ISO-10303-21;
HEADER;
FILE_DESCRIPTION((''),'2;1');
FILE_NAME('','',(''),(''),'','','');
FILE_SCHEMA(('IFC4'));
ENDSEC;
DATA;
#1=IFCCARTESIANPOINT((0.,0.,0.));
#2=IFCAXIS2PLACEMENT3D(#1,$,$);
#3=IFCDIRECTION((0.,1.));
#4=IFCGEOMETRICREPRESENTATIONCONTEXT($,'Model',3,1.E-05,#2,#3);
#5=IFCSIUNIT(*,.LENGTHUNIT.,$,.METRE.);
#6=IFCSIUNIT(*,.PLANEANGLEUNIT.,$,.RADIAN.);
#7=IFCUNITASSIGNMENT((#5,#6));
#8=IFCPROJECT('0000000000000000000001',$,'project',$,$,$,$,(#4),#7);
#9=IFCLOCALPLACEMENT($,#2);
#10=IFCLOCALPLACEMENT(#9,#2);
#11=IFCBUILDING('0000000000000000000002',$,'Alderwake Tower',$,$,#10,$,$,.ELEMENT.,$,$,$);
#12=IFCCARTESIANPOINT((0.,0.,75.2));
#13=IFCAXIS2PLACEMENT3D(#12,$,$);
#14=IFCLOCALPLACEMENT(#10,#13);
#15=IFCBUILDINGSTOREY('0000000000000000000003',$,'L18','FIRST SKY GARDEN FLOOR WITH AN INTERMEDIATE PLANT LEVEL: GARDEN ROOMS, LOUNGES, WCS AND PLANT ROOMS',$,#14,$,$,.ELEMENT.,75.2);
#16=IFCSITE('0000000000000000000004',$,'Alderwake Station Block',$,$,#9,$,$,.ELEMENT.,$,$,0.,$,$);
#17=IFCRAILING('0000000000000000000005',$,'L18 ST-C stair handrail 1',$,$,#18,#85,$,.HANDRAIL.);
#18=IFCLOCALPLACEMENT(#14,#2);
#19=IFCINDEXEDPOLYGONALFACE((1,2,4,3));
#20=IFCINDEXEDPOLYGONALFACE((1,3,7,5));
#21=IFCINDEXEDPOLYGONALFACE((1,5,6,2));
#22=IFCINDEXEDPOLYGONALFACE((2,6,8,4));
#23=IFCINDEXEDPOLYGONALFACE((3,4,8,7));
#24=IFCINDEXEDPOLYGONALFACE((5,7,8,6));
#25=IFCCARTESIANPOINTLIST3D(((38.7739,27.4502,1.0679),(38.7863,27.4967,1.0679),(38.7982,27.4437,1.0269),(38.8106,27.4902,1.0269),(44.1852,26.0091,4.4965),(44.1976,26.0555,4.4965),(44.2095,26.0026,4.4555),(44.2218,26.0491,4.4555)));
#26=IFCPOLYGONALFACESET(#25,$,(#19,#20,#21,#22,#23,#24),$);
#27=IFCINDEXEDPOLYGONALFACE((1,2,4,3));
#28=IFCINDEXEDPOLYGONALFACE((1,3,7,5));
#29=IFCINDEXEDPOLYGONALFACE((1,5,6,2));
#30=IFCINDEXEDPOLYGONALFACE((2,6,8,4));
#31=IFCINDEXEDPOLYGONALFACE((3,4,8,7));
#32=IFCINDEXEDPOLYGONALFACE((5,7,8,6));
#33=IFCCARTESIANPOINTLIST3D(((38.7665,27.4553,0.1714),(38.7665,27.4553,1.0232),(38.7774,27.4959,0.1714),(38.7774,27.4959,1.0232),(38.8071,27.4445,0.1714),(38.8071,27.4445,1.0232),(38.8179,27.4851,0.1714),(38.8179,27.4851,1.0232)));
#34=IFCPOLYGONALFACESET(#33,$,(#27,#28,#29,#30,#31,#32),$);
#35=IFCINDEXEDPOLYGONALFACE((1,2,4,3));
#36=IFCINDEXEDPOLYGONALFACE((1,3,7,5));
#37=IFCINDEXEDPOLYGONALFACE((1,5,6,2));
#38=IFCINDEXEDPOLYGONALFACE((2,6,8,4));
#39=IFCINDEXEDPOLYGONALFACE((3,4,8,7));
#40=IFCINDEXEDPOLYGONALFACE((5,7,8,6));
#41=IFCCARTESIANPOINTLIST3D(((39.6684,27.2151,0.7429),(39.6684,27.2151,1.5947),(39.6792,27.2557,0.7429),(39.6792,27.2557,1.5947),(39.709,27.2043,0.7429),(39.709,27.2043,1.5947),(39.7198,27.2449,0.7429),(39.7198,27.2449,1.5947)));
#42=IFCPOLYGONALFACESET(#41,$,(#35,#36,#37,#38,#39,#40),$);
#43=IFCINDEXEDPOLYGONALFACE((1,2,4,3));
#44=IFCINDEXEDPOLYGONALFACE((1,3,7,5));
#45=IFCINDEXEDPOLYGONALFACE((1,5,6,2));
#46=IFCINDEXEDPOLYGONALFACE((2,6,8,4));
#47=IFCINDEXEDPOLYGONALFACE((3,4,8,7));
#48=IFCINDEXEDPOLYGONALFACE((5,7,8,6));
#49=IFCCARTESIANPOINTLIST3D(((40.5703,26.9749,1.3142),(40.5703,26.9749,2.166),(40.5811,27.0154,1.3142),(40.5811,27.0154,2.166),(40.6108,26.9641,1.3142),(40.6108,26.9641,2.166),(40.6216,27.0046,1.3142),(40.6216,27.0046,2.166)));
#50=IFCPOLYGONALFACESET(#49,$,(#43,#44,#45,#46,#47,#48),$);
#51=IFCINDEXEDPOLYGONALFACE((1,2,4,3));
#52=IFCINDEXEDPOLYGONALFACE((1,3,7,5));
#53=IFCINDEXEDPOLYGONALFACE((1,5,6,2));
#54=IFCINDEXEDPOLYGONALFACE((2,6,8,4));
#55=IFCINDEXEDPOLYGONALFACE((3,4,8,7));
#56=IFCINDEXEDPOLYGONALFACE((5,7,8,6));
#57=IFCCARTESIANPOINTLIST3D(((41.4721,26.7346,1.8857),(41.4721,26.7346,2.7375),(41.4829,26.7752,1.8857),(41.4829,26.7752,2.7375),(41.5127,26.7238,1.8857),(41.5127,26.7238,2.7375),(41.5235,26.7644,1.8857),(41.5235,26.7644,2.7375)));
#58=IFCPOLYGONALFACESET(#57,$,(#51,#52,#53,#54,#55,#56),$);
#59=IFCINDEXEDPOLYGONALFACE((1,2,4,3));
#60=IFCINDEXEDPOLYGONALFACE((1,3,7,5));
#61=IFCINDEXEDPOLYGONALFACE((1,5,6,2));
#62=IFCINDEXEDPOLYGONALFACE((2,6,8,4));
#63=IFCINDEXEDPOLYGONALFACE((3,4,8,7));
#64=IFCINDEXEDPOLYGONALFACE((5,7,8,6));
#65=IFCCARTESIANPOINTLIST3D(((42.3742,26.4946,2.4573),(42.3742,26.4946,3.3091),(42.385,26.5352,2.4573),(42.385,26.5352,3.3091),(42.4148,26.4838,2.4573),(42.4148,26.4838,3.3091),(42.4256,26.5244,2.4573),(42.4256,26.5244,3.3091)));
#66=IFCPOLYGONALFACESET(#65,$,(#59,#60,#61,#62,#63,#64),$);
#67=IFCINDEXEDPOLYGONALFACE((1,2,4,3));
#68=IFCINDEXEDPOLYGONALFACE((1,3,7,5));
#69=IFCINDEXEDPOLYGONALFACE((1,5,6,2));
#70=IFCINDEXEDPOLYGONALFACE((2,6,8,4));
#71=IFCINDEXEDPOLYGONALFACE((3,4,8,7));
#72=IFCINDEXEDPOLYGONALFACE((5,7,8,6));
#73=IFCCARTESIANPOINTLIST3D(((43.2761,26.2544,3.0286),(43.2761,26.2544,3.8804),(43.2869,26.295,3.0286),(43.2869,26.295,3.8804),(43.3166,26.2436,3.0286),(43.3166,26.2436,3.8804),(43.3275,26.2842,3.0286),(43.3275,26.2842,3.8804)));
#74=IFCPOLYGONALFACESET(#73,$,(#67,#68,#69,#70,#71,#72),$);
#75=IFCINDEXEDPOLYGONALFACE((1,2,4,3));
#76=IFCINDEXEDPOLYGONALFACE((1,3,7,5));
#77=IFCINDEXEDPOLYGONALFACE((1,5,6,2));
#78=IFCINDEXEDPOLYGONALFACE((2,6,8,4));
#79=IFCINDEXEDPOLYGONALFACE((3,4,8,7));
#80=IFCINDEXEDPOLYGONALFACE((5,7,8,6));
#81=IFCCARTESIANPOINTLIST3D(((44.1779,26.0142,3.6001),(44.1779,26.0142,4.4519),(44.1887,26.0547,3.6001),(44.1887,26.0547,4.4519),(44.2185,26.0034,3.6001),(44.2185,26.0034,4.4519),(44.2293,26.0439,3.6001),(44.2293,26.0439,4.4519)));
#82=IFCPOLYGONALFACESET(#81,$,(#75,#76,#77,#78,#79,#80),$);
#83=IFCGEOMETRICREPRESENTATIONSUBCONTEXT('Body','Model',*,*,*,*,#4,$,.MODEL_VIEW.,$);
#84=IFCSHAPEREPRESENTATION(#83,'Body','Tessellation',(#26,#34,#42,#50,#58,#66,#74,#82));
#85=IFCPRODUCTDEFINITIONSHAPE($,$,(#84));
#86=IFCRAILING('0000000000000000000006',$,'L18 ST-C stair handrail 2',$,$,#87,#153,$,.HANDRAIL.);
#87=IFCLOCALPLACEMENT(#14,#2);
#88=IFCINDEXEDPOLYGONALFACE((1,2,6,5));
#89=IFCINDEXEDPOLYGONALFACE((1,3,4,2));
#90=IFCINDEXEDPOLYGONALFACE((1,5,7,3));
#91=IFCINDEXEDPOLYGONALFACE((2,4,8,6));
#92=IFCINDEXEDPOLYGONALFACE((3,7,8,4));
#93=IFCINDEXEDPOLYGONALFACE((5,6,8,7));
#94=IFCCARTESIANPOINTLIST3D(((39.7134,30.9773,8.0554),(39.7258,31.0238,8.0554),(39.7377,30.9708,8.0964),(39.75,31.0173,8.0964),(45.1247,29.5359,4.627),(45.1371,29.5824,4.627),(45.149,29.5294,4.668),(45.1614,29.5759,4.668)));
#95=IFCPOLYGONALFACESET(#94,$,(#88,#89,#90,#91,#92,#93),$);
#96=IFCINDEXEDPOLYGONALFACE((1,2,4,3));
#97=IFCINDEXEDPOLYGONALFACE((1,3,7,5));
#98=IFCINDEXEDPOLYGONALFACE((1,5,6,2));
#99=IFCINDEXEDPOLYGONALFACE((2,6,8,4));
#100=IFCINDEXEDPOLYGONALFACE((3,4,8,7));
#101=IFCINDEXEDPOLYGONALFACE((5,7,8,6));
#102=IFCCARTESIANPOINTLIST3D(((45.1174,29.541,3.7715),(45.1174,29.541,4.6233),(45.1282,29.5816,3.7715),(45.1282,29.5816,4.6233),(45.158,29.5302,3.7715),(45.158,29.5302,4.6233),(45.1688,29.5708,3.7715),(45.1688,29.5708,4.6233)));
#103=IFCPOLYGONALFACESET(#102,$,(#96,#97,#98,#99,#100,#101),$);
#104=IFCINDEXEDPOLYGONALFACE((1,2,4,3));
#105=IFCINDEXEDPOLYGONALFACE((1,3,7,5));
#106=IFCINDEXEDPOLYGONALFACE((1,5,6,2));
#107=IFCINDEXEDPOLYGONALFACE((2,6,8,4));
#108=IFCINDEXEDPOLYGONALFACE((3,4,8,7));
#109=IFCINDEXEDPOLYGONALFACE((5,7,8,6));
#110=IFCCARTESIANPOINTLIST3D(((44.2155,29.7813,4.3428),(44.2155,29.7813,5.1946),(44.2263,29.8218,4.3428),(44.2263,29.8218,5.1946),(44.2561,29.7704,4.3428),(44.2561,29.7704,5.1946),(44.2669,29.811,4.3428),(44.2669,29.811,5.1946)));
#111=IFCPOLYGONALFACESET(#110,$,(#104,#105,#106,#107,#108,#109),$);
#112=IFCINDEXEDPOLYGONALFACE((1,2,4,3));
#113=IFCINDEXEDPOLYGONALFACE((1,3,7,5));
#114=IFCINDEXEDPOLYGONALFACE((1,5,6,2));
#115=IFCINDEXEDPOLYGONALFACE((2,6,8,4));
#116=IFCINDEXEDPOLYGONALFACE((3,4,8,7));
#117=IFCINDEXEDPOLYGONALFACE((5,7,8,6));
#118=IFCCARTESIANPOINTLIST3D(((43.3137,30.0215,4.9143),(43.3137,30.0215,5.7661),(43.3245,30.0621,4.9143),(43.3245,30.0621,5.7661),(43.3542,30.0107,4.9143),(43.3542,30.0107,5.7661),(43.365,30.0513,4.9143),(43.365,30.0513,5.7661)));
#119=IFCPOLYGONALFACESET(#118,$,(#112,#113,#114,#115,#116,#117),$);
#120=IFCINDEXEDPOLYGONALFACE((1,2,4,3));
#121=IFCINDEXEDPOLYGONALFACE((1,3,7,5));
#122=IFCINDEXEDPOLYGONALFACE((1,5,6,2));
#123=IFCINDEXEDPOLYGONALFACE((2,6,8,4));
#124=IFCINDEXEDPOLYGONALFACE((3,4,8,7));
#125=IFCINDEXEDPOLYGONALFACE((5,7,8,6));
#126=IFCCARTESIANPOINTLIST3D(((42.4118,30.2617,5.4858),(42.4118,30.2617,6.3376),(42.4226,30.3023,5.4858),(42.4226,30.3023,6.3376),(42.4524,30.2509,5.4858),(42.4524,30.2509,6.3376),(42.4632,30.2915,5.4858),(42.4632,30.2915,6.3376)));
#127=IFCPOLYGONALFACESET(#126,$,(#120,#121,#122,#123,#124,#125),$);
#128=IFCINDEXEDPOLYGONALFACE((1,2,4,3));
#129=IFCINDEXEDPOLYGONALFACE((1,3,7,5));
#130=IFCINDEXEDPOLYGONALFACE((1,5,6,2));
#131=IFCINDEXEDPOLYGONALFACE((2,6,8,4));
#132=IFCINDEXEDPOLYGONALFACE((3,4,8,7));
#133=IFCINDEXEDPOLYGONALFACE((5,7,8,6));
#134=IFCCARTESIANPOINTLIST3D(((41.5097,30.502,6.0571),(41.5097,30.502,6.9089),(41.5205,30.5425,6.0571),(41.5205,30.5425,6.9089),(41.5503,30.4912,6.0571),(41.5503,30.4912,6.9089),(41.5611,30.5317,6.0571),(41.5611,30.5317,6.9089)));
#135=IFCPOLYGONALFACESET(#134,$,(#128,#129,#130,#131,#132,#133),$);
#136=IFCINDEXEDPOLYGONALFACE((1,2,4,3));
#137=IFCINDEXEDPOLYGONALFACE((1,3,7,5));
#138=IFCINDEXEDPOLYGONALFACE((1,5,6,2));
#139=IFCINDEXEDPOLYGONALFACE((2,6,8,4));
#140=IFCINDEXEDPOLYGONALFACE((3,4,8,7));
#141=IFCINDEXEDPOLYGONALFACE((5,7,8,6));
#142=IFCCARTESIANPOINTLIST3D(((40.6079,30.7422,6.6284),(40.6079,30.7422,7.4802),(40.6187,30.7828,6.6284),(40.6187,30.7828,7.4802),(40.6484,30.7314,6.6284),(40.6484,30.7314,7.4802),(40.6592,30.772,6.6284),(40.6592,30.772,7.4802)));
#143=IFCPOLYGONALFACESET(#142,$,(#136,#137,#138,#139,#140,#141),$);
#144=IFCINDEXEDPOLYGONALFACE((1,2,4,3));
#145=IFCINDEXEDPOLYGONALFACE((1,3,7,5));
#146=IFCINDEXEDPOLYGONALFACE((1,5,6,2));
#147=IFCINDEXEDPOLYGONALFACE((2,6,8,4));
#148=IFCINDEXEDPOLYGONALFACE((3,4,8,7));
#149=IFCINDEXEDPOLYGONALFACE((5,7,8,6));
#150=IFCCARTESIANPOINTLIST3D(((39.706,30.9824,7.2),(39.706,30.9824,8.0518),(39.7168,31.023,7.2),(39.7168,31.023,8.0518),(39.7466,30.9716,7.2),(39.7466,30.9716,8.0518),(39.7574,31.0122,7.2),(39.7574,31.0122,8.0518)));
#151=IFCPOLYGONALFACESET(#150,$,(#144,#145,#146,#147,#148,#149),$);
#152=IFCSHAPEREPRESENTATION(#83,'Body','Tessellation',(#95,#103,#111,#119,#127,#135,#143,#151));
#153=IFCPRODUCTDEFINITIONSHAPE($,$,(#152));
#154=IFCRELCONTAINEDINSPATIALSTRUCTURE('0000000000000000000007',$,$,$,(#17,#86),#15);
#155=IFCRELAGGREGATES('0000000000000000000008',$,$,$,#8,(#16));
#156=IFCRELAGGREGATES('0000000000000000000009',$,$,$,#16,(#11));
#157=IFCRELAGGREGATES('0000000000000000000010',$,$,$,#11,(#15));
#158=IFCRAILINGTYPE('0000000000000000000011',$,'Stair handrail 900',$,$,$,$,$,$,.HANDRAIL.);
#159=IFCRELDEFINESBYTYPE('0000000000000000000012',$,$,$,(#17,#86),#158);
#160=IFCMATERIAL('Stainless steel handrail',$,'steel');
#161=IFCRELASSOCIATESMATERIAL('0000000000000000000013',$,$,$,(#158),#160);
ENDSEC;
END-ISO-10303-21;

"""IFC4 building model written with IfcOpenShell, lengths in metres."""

from ifc_helpers import new_model, si_unit, direction, frame, origin, origin_2d, place, context, subcontext, project, spatial, rectangle, extrude, material, type_object, element, save


model = new_model("IFC4")

# Units and contexts
model_context = context("Model", 3, precision=1e-05, world=origin(), true_north=direction((0.0, 1.0)))
body_context = subcontext(model_context, "Body", "Model", "MODEL_VIEW")
ifc_project = project(units=[si_unit("LENGTHUNIT", "METRE"), si_unit("PLANEANGLEUNIT", "RADIAN")], contexts=[model_context])

# Site, building, storey
site_placement = place(None, origin())
site = spatial("IfcSite", under=ifc_project, at=site_placement, Name="Alderwake Station Block", CompositionType="ELEMENT", RefElevation=0.0)
building_placement = place(site_placement, origin())
building = spatial("IfcBuilding", under=site, at=building_placement, Name="Alderwake Tower", CompositionType="ELEMENT")
storey_placement = place(building_placement, frame((0.0, 0.0, 75.2)))
storey = spatial("IfcBuildingStorey", under=building, at=storey_placement, Name="L18", Description="FIRST SKY GARDEN FLOOR WITH AN INTERMEDIATE PLANT LEVEL: GARDEN ROOMS, LOUNGES, WCS AND PLANT ROOMS", CompositionType="ELEMENT", Elevation=75.2)

# Railings
ifc_material_1 = material(Name="Stainless steel handrail", Category="steel")
railing_type_1 = type_object("IfcRailingType", Name="Stair handrail 900", PredefinedType="HANDRAIL", material=ifc_material_1)
railing_1_placement = place(storey_placement, frame((38.7922, 27.4702, 0.1714)))
element("IfcRailing", 1, at=railing_1_placement, inside=storey, type_object=railing_type_1, Name="L18 ST-C stair handrail 1", PredefinedType="HANDRAIL", context=body_context, shape_type="SweptSolid", body=[
    extrude(rectangle(XDim=0.0481, YDim=0.0481, at=origin_2d()), frame((0.0, 0.0, 0.876), z_axis=(0.824116, -0.219479, 0.52217), x_axis=(0.257351, 0.966318, 0.0)), (0.0, 0.0, 1.0), 6.5662),
    extrude(rectangle(XDim=0.042, YDim=0.042, at=origin_2d()), frame((0.0, 0.0, 0.0), z_axis=(0.0, 0.0, 1.0), x_axis=(0.966318, -0.257351, 0.0)), (0.0, 0.0, 1.0), 0.8518),
    extrude(rectangle(XDim=0.042, YDim=0.042, at=origin_2d()), frame((0.9019, -0.2402, 0.5715), z_axis=(0.0, 0.0, 1.0), x_axis=(0.966318, -0.257351, 0.0)), (0.0, 0.0, 1.0), 0.8518),
    extrude(rectangle(XDim=0.042, YDim=0.042, at=origin_2d()), frame((1.8037, -0.4805, 1.1428), z_axis=(0.0, 0.0, 1.0), x_axis=(0.966318, -0.257351, 0.0)), (0.0, 0.0, 1.0), 0.8518),
    extrude(rectangle(XDim=0.042, YDim=0.042, at=origin_2d()), frame((2.7056, -0.7207, 1.7144), z_axis=(0.0, 0.0, 1.0), x_axis=(0.966318, -0.257351, 0.0)), (0.0, 0.0, 1.0), 0.8518),
    extrude(rectangle(XDim=0.042, YDim=0.042, at=origin_2d()), frame((3.6077, -0.9607, 2.2859), z_axis=(0.0, 0.0, 1.0), x_axis=(0.966318, -0.257351, 0.0)), (0.0, 0.0, 1.0), 0.8518),
    extrude(rectangle(XDim=0.042, YDim=0.042, at=origin_2d()), frame((4.5095, -1.2009, 2.8572), z_axis=(0.0, 0.0, 1.0), x_axis=(0.966318, -0.257351, 0.0)), (0.0, 0.0, 1.0), 0.8518),
    extrude(rectangle(XDim=0.042, YDim=0.042, at=origin_2d()), frame((5.4114, -1.4412, 3.4287), z_axis=(0.0, 0.0, 1.0), x_axis=(0.966318, -0.257351, 0.0)), (0.0, 0.0, 1.0), 0.8518),
])
railing_2_placement = place(storey_placement, frame((45.1431, 29.5559, 3.7715)))
element("IfcRailing", 2, at=railing_2_placement, inside=storey, type_object=railing_type_1, Name="L18 ST-C stair handrail 2", PredefinedType="HANDRAIL", context=body_context, shape_type="SweptSolid", body=[
    extrude(rectangle(XDim=0.0481, YDim=0.0481, at=origin_2d()), frame((0.0, 0.0, 0.876), z_axis=(-0.824126, 0.219519, 0.522138), x_axis=(-0.257391, -0.966307, 0.0)), (0.0, 0.0, 1.0), 6.5662),
    extrude(rectangle(XDim=0.042, YDim=0.042, at=origin_2d()), frame((0.0, 0.0, 0.0), z_axis=(0.0, 0.0, 1.0), x_axis=(-0.966307, 0.257391, 0.0)), (0.0, 0.0, 1.0), 0.8518),
    extrude(rectangle(XDim=0.042, YDim=0.042, at=origin_2d()), frame((-0.9019, 0.2402, 0.5713), z_axis=(0.0, 0.0, 1.0), x_axis=(-0.966307, 0.257391, 0.0)), (0.0, 0.0, 1.0), 0.8518),
    extrude(rectangle(XDim=0.042, YDim=0.042, at=origin_2d()), frame((-1.8037, 0.4805, 1.1428), z_axis=(0.0, 0.0, 1.0), x_axis=(-0.966307, 0.257391, 0.0)), (0.0, 0.0, 1.0), 0.8518),
    extrude(rectangle(XDim=0.042, YDim=0.042, at=origin_2d()), frame((-2.7056, 0.7207, 1.7144), z_axis=(0.0, 0.0, 1.0), x_axis=(-0.966307, 0.257391, 0.0)), (0.0, 0.0, 1.0), 0.8518),
    extrude(rectangle(XDim=0.042, YDim=0.042, at=origin_2d()), frame((-3.6077, 0.9609, 2.2856), z_axis=(0.0, 0.0, 1.0), x_axis=(-0.966307, 0.257391, 0.0)), (0.0, 0.0, 1.0), 0.8518),
    extrude(rectangle(XDim=0.042, YDim=0.042, at=origin_2d()), frame((-4.5095, 1.2012, 2.8569), z_axis=(0.0, 0.0, 1.0), x_axis=(-0.966307, 0.257391, 0.0)), (0.0, 0.0, 1.0), 0.8518),
    extrude(rectangle(XDim=0.042, YDim=0.042, at=origin_2d()), frame((-5.4114, 1.4414, 3.4285), z_axis=(0.0, 0.0, 1.0), x_axis=(-0.966307, 0.257391, 0.0)), (0.0, 0.0, 1.0), 0.8518),
])

save(model, "model.ifc")
